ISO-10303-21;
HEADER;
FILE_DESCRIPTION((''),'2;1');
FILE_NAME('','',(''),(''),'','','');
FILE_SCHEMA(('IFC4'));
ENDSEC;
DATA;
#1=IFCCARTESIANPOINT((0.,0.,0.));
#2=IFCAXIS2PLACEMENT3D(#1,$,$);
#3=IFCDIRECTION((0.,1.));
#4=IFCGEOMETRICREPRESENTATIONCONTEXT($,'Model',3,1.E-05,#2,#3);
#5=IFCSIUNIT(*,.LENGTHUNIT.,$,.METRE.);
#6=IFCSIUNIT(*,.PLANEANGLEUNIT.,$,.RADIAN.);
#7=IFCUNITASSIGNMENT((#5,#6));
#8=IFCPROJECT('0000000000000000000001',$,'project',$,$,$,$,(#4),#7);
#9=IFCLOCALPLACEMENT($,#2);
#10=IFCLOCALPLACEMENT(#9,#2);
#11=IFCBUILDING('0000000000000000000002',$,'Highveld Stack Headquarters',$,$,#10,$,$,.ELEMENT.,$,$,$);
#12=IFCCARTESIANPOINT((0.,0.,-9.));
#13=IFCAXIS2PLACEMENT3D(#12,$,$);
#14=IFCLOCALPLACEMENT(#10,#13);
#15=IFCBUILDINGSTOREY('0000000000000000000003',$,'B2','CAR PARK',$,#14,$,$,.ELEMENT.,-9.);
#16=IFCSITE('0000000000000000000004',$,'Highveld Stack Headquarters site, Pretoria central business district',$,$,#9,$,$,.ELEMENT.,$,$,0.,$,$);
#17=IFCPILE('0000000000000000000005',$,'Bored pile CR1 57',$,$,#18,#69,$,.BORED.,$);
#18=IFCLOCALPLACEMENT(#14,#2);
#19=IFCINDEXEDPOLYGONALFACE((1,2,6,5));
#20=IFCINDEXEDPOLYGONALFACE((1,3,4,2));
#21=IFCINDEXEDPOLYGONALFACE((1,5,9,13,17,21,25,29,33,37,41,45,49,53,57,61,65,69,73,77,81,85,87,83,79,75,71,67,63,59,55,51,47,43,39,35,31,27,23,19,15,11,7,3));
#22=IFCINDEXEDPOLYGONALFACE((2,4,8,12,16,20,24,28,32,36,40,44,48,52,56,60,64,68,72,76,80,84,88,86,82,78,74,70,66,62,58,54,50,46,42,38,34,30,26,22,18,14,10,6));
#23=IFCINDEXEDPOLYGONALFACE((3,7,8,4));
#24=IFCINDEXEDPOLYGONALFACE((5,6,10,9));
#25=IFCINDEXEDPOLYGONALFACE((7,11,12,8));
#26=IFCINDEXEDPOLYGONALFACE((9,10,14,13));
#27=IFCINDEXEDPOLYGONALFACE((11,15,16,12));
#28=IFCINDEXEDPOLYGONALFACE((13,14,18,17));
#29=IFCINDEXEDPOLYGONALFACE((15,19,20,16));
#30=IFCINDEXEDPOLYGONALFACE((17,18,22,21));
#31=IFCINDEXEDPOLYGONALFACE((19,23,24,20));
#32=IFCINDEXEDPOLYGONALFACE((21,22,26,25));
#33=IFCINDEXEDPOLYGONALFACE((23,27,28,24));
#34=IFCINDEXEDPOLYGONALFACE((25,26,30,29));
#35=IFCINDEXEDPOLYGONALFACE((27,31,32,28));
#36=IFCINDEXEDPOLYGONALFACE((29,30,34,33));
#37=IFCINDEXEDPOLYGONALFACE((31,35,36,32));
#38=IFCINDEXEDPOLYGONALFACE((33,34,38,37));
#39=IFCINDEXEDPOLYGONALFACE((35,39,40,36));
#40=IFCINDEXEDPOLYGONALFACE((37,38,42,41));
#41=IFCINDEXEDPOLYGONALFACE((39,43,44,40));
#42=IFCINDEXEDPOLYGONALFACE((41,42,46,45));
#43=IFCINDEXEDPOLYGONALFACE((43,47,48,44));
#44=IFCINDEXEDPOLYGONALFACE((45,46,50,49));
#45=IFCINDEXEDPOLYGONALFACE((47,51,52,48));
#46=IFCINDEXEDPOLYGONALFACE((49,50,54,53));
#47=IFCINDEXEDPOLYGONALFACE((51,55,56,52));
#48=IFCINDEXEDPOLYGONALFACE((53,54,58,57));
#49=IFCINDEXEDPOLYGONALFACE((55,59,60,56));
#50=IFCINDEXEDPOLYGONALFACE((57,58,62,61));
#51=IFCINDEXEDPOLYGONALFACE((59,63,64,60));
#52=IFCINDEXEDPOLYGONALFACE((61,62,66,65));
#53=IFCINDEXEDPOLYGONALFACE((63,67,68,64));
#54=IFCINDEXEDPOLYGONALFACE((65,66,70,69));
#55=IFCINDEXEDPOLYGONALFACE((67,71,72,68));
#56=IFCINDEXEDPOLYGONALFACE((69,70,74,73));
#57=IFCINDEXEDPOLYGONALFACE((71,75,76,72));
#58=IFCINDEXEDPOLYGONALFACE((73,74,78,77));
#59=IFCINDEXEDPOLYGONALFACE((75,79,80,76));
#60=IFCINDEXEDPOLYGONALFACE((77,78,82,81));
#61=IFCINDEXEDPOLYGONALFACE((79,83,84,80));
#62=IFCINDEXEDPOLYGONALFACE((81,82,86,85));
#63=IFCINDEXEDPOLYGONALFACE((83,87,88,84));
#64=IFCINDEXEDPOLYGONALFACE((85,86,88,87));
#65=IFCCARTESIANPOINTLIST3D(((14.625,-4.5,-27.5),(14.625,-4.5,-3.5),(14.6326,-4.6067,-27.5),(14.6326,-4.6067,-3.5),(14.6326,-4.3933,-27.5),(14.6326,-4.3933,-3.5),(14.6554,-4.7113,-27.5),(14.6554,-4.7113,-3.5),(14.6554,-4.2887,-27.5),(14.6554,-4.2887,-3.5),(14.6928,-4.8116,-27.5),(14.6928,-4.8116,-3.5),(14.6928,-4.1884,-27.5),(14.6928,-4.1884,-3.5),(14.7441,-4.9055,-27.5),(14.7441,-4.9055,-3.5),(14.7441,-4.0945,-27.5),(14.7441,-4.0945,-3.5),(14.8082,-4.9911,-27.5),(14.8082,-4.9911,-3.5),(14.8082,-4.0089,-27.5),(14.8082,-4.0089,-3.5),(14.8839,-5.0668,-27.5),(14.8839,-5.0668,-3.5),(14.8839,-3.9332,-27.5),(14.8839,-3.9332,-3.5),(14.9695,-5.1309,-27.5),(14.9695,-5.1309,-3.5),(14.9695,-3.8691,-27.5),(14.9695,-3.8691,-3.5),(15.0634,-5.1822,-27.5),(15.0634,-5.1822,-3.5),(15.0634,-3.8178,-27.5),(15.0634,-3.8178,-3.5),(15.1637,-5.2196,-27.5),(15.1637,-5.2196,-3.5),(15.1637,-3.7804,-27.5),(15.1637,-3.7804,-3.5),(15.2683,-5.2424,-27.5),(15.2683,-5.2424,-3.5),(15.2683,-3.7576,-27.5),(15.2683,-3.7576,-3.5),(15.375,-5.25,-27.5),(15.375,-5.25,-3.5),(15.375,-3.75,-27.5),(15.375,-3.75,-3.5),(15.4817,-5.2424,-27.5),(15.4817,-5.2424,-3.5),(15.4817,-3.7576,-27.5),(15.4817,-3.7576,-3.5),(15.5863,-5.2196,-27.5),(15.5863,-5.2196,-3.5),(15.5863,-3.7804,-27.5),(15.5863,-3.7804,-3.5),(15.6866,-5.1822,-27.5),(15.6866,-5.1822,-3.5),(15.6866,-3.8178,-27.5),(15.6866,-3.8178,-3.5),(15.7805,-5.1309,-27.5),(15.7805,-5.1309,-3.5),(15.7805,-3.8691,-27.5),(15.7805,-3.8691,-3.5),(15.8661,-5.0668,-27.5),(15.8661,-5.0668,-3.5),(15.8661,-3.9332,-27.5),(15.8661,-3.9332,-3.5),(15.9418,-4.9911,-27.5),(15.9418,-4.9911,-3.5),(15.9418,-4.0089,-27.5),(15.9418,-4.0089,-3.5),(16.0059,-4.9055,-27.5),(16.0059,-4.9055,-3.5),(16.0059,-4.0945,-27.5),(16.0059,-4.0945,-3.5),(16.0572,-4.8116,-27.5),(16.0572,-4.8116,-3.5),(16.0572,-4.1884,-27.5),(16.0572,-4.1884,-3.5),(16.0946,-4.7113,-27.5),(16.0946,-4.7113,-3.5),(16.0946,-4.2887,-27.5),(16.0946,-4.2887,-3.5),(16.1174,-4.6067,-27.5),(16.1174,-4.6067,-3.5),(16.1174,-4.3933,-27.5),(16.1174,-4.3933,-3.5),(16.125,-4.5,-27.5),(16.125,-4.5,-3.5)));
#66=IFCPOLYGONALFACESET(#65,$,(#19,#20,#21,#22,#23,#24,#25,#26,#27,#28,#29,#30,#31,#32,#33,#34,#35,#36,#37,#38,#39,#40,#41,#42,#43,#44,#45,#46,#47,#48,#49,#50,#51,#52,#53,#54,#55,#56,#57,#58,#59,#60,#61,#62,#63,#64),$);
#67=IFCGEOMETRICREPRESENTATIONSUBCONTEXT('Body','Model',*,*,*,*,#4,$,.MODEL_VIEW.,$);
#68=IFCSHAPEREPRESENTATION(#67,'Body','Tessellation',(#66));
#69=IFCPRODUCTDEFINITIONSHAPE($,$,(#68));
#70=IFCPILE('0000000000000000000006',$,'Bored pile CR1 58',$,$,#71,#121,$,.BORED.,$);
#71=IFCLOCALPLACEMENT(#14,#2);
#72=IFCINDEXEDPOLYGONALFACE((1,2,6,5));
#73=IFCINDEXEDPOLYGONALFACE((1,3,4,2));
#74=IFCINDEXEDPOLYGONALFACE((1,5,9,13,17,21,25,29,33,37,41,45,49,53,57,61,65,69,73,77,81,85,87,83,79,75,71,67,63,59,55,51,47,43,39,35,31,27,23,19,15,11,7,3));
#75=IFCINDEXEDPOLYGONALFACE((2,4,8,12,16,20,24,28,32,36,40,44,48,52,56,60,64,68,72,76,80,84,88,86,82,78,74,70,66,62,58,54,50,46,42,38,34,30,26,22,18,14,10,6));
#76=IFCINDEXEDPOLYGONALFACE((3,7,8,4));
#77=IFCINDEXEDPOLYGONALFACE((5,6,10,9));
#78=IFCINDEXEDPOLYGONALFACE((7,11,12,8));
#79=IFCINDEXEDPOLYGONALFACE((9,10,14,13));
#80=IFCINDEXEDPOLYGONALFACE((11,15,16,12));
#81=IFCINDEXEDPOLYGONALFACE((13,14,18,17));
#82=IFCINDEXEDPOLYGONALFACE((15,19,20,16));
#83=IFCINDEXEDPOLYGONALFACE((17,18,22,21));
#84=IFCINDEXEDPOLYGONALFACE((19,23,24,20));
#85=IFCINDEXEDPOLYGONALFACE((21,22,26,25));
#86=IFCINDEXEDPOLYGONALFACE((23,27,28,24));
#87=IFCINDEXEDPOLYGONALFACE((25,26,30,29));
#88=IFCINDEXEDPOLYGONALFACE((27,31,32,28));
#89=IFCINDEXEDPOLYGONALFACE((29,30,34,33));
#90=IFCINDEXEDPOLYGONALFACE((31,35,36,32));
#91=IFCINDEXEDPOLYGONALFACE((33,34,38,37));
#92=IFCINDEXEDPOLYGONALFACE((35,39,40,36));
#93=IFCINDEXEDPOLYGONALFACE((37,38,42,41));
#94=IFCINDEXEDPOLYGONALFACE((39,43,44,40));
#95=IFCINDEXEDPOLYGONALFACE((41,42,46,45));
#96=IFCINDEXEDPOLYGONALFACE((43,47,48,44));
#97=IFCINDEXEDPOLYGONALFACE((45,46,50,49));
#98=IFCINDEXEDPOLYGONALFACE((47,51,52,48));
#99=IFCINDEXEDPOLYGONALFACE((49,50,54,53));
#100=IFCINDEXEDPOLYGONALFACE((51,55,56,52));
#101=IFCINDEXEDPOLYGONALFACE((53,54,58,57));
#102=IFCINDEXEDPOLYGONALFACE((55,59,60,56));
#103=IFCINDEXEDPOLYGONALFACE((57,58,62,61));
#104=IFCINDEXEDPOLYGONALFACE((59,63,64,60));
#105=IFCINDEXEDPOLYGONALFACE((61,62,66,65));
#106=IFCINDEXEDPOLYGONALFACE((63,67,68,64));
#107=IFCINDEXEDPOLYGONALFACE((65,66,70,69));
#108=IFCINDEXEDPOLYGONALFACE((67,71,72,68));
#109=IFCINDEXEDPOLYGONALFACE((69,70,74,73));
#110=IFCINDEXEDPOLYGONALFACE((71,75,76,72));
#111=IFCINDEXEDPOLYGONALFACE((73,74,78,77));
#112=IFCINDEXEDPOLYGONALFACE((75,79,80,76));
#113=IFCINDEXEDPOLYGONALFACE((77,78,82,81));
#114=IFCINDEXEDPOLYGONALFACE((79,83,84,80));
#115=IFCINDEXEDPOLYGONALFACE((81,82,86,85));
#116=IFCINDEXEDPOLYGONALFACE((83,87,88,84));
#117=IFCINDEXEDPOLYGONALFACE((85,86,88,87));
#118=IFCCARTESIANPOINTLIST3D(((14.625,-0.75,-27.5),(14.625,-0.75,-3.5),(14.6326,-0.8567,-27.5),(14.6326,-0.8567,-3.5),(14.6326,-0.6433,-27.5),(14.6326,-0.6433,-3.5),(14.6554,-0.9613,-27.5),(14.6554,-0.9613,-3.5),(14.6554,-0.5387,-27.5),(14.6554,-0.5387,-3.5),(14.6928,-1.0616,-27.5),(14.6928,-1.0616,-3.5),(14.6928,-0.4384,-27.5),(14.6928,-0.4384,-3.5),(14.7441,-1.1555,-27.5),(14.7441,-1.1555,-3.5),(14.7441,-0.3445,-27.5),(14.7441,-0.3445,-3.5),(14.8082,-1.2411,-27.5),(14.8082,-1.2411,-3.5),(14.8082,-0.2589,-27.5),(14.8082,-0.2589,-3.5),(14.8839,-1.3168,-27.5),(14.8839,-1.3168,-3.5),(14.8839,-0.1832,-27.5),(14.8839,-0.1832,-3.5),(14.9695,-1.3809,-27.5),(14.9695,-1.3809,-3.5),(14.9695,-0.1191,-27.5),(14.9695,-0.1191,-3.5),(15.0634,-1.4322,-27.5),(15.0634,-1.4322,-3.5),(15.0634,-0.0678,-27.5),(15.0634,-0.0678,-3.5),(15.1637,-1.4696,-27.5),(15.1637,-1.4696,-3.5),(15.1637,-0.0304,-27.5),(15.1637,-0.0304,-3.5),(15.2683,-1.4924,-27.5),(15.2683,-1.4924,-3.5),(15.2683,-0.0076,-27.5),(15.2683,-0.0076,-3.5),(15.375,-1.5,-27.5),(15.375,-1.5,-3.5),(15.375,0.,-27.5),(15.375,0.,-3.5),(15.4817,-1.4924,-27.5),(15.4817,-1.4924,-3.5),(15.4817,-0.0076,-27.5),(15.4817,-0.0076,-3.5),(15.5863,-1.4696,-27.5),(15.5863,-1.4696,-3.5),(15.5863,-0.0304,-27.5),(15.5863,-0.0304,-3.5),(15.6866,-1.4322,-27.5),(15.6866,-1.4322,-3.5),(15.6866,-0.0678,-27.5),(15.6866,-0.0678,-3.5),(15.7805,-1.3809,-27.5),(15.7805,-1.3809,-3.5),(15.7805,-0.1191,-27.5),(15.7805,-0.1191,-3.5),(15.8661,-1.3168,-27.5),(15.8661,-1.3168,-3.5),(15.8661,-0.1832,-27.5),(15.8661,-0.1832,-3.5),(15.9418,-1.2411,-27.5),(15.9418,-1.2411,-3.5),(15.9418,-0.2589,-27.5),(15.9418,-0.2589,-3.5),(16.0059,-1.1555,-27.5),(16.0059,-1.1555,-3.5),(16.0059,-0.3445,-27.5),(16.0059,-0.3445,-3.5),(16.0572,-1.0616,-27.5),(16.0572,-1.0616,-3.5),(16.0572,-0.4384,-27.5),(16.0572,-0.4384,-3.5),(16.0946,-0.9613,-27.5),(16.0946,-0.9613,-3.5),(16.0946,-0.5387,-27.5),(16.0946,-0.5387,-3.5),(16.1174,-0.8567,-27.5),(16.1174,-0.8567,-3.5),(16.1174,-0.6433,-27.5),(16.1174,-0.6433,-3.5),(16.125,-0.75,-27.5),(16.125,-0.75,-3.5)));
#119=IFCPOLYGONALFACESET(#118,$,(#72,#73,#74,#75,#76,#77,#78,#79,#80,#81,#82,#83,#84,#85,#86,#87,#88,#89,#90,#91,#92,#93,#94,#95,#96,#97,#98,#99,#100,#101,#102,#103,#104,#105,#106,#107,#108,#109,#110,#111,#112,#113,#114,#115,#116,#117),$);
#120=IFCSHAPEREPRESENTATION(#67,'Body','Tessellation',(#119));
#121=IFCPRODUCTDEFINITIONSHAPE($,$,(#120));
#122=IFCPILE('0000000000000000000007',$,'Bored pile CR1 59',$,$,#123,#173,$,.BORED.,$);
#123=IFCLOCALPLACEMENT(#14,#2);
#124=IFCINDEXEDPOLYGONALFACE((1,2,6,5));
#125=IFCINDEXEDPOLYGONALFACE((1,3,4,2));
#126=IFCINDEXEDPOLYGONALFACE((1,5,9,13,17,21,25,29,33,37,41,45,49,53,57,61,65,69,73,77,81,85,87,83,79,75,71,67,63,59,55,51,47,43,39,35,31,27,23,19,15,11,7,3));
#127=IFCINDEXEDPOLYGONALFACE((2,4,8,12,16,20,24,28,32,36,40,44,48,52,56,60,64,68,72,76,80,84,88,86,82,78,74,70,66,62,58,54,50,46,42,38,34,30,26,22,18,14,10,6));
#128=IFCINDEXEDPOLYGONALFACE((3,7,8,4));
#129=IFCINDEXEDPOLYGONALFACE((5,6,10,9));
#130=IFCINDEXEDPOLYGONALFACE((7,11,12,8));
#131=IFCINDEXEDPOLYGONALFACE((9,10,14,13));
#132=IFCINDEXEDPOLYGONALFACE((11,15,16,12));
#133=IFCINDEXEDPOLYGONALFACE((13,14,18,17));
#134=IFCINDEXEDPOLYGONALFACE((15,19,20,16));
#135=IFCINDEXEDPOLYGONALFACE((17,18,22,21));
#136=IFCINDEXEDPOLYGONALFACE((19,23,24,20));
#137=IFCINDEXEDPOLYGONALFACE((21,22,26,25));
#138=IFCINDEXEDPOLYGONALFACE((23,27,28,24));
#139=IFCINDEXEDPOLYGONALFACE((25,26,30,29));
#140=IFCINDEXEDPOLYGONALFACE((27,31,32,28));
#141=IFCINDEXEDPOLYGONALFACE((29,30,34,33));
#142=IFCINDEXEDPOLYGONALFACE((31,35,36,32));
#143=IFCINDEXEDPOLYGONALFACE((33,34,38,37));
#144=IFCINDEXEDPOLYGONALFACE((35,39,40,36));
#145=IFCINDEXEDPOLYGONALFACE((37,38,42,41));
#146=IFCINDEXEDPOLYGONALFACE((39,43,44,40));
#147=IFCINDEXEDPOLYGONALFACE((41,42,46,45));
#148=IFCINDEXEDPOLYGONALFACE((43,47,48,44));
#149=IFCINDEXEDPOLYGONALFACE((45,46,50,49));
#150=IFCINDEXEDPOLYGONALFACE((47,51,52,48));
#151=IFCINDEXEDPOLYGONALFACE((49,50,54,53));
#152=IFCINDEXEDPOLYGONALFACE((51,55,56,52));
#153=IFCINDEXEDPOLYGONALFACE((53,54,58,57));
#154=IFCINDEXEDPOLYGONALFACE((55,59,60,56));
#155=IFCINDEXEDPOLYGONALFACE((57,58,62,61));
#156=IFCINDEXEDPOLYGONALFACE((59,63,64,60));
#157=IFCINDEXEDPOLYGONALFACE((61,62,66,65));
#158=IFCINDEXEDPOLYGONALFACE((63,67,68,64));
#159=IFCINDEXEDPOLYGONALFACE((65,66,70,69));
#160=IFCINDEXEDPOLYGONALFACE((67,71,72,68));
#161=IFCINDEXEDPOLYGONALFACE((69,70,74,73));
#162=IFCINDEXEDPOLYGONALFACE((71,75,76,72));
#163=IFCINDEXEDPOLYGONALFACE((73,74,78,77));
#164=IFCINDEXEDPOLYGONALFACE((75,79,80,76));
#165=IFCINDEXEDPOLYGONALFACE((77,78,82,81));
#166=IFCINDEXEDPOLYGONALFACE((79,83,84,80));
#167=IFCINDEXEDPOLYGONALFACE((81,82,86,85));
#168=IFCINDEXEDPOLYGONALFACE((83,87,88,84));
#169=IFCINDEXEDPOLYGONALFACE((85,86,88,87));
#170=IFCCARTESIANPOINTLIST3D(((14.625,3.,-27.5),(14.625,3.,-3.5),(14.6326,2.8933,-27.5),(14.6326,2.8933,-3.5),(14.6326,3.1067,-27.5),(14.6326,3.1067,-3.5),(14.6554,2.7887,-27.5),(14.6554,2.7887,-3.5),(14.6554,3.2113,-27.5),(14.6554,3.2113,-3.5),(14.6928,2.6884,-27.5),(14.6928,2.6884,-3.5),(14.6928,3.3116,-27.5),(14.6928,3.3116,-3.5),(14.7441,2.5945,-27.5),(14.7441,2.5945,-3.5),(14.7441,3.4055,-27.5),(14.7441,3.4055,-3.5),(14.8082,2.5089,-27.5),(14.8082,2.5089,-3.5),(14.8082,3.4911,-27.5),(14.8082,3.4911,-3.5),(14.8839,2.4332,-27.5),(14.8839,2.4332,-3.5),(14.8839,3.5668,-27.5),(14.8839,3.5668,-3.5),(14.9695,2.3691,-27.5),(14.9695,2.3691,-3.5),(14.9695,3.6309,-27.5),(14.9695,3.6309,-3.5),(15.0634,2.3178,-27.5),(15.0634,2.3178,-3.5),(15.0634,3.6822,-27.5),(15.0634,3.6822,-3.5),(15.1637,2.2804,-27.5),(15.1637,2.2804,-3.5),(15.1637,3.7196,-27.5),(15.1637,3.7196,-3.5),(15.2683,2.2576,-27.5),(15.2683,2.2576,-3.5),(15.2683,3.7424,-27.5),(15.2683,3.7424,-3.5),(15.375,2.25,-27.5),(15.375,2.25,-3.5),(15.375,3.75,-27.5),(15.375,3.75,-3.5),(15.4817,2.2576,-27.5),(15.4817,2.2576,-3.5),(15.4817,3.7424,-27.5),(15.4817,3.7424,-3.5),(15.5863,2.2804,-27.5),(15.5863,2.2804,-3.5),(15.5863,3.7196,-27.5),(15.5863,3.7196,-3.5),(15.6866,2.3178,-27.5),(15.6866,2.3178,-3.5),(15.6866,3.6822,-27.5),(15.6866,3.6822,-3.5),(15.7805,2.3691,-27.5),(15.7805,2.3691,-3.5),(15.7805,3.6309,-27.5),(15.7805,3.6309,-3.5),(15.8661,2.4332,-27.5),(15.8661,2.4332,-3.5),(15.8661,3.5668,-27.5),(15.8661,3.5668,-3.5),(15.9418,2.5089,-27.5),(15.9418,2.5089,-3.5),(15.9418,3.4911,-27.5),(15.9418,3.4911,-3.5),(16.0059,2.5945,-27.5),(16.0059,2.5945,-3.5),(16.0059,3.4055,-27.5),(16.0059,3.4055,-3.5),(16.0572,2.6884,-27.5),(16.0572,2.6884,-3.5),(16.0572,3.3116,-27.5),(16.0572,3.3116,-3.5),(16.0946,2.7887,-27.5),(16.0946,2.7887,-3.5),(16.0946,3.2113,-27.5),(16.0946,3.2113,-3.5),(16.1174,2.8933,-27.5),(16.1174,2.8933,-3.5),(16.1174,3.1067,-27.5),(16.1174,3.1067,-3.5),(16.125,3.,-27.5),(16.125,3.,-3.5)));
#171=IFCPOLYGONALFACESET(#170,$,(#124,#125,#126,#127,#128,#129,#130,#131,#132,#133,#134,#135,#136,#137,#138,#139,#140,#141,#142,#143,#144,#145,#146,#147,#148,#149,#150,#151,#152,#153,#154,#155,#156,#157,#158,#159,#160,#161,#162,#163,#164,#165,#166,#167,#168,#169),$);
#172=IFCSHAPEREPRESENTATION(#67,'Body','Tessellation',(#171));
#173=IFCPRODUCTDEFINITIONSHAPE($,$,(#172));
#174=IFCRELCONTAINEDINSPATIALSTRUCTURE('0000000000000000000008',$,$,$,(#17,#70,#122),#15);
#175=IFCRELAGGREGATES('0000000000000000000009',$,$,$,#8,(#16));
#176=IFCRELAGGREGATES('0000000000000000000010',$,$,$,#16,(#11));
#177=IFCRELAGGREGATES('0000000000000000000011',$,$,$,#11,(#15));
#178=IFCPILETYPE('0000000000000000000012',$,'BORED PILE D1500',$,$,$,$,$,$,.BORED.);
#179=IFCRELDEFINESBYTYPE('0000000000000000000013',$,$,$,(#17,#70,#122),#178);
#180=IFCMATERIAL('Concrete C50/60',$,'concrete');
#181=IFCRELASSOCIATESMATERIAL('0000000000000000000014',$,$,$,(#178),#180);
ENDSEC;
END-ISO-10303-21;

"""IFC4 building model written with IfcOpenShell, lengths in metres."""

from ifc_helpers import new_model, si_unit, direction, frame, origin, origin_2d, place, context, subcontext, project, spatial, circle, extrude, material, type_object, element, save


model = new_model("IFC4")

# Units and contexts
model_context = context("Model", 3, precision=1e-05, world=origin(), true_north=direction((0.0, 1.0)))
body_context = subcontext(model_context, "Body", "Model", "MODEL_VIEW")
ifc_project = project(units=[si_unit("LENGTHUNIT", "METRE"), si_unit("PLANEANGLEUNIT", "RADIAN")], contexts=[model_context])

# Site, building, storey
site_placement = place(None, origin())
site = spatial("IfcSite", under=ifc_project, at=site_placement, Name="Highveld Stack Headquarters site, Pretoria central business district", CompositionType="ELEMENT", RefElevation=0.0)
building_placement = place(site_placement, origin())
building = spatial("IfcBuilding", under=site, at=building_placement, Name="Highveld Stack Headquarters", CompositionType="ELEMENT")
storey_placement = place(building_placement, frame((0.0, 0.0, -9.0)))
storey = spatial("IfcBuildingStorey", under=building, at=storey_placement, Name="B2", Description="CAR PARK", CompositionType="ELEMENT", Elevation=-9.0)

# Piles
ifc_material_1 = material(Name="Concrete C50/60", Category="concrete")
pile_type = type_object("IfcPileType", Name="BORED PILE D1500", PredefinedType="BORED", material=ifc_material_1)
for number, where, z_axis, x_axis, name in (
    (1, (15.375, -4.5, -3.5), (0.0, 0.0, -1.0), (1.0, 0.0, 0.0), "Bored pile CR1 57"),
    (2, (15.375, -0.75, -3.5), (0.0, 0.0, -1.0), (1.0, 0.0, 0.0), "Bored pile CR1 58"),
    (3, (15.375, 3.0, -3.5), (0.0, 0.0, -1.0), (1.0, 0.0, 0.0), "Bored pile CR1 59"),
):
    element("IfcPile", number, at=place(storey_placement, frame(where, z_axis=z_axis, x_axis=x_axis)), inside=storey, type_object=pile_type, Name=name, PredefinedType="BORED", context=body_context, shape_type="SweptSolid", body=[
        extrude(circle(Radius=0.75, at=origin_2d()), origin(), (0.0, 0.0, 1.0), 24.0),
    ])

save(model, "model.ifc")
